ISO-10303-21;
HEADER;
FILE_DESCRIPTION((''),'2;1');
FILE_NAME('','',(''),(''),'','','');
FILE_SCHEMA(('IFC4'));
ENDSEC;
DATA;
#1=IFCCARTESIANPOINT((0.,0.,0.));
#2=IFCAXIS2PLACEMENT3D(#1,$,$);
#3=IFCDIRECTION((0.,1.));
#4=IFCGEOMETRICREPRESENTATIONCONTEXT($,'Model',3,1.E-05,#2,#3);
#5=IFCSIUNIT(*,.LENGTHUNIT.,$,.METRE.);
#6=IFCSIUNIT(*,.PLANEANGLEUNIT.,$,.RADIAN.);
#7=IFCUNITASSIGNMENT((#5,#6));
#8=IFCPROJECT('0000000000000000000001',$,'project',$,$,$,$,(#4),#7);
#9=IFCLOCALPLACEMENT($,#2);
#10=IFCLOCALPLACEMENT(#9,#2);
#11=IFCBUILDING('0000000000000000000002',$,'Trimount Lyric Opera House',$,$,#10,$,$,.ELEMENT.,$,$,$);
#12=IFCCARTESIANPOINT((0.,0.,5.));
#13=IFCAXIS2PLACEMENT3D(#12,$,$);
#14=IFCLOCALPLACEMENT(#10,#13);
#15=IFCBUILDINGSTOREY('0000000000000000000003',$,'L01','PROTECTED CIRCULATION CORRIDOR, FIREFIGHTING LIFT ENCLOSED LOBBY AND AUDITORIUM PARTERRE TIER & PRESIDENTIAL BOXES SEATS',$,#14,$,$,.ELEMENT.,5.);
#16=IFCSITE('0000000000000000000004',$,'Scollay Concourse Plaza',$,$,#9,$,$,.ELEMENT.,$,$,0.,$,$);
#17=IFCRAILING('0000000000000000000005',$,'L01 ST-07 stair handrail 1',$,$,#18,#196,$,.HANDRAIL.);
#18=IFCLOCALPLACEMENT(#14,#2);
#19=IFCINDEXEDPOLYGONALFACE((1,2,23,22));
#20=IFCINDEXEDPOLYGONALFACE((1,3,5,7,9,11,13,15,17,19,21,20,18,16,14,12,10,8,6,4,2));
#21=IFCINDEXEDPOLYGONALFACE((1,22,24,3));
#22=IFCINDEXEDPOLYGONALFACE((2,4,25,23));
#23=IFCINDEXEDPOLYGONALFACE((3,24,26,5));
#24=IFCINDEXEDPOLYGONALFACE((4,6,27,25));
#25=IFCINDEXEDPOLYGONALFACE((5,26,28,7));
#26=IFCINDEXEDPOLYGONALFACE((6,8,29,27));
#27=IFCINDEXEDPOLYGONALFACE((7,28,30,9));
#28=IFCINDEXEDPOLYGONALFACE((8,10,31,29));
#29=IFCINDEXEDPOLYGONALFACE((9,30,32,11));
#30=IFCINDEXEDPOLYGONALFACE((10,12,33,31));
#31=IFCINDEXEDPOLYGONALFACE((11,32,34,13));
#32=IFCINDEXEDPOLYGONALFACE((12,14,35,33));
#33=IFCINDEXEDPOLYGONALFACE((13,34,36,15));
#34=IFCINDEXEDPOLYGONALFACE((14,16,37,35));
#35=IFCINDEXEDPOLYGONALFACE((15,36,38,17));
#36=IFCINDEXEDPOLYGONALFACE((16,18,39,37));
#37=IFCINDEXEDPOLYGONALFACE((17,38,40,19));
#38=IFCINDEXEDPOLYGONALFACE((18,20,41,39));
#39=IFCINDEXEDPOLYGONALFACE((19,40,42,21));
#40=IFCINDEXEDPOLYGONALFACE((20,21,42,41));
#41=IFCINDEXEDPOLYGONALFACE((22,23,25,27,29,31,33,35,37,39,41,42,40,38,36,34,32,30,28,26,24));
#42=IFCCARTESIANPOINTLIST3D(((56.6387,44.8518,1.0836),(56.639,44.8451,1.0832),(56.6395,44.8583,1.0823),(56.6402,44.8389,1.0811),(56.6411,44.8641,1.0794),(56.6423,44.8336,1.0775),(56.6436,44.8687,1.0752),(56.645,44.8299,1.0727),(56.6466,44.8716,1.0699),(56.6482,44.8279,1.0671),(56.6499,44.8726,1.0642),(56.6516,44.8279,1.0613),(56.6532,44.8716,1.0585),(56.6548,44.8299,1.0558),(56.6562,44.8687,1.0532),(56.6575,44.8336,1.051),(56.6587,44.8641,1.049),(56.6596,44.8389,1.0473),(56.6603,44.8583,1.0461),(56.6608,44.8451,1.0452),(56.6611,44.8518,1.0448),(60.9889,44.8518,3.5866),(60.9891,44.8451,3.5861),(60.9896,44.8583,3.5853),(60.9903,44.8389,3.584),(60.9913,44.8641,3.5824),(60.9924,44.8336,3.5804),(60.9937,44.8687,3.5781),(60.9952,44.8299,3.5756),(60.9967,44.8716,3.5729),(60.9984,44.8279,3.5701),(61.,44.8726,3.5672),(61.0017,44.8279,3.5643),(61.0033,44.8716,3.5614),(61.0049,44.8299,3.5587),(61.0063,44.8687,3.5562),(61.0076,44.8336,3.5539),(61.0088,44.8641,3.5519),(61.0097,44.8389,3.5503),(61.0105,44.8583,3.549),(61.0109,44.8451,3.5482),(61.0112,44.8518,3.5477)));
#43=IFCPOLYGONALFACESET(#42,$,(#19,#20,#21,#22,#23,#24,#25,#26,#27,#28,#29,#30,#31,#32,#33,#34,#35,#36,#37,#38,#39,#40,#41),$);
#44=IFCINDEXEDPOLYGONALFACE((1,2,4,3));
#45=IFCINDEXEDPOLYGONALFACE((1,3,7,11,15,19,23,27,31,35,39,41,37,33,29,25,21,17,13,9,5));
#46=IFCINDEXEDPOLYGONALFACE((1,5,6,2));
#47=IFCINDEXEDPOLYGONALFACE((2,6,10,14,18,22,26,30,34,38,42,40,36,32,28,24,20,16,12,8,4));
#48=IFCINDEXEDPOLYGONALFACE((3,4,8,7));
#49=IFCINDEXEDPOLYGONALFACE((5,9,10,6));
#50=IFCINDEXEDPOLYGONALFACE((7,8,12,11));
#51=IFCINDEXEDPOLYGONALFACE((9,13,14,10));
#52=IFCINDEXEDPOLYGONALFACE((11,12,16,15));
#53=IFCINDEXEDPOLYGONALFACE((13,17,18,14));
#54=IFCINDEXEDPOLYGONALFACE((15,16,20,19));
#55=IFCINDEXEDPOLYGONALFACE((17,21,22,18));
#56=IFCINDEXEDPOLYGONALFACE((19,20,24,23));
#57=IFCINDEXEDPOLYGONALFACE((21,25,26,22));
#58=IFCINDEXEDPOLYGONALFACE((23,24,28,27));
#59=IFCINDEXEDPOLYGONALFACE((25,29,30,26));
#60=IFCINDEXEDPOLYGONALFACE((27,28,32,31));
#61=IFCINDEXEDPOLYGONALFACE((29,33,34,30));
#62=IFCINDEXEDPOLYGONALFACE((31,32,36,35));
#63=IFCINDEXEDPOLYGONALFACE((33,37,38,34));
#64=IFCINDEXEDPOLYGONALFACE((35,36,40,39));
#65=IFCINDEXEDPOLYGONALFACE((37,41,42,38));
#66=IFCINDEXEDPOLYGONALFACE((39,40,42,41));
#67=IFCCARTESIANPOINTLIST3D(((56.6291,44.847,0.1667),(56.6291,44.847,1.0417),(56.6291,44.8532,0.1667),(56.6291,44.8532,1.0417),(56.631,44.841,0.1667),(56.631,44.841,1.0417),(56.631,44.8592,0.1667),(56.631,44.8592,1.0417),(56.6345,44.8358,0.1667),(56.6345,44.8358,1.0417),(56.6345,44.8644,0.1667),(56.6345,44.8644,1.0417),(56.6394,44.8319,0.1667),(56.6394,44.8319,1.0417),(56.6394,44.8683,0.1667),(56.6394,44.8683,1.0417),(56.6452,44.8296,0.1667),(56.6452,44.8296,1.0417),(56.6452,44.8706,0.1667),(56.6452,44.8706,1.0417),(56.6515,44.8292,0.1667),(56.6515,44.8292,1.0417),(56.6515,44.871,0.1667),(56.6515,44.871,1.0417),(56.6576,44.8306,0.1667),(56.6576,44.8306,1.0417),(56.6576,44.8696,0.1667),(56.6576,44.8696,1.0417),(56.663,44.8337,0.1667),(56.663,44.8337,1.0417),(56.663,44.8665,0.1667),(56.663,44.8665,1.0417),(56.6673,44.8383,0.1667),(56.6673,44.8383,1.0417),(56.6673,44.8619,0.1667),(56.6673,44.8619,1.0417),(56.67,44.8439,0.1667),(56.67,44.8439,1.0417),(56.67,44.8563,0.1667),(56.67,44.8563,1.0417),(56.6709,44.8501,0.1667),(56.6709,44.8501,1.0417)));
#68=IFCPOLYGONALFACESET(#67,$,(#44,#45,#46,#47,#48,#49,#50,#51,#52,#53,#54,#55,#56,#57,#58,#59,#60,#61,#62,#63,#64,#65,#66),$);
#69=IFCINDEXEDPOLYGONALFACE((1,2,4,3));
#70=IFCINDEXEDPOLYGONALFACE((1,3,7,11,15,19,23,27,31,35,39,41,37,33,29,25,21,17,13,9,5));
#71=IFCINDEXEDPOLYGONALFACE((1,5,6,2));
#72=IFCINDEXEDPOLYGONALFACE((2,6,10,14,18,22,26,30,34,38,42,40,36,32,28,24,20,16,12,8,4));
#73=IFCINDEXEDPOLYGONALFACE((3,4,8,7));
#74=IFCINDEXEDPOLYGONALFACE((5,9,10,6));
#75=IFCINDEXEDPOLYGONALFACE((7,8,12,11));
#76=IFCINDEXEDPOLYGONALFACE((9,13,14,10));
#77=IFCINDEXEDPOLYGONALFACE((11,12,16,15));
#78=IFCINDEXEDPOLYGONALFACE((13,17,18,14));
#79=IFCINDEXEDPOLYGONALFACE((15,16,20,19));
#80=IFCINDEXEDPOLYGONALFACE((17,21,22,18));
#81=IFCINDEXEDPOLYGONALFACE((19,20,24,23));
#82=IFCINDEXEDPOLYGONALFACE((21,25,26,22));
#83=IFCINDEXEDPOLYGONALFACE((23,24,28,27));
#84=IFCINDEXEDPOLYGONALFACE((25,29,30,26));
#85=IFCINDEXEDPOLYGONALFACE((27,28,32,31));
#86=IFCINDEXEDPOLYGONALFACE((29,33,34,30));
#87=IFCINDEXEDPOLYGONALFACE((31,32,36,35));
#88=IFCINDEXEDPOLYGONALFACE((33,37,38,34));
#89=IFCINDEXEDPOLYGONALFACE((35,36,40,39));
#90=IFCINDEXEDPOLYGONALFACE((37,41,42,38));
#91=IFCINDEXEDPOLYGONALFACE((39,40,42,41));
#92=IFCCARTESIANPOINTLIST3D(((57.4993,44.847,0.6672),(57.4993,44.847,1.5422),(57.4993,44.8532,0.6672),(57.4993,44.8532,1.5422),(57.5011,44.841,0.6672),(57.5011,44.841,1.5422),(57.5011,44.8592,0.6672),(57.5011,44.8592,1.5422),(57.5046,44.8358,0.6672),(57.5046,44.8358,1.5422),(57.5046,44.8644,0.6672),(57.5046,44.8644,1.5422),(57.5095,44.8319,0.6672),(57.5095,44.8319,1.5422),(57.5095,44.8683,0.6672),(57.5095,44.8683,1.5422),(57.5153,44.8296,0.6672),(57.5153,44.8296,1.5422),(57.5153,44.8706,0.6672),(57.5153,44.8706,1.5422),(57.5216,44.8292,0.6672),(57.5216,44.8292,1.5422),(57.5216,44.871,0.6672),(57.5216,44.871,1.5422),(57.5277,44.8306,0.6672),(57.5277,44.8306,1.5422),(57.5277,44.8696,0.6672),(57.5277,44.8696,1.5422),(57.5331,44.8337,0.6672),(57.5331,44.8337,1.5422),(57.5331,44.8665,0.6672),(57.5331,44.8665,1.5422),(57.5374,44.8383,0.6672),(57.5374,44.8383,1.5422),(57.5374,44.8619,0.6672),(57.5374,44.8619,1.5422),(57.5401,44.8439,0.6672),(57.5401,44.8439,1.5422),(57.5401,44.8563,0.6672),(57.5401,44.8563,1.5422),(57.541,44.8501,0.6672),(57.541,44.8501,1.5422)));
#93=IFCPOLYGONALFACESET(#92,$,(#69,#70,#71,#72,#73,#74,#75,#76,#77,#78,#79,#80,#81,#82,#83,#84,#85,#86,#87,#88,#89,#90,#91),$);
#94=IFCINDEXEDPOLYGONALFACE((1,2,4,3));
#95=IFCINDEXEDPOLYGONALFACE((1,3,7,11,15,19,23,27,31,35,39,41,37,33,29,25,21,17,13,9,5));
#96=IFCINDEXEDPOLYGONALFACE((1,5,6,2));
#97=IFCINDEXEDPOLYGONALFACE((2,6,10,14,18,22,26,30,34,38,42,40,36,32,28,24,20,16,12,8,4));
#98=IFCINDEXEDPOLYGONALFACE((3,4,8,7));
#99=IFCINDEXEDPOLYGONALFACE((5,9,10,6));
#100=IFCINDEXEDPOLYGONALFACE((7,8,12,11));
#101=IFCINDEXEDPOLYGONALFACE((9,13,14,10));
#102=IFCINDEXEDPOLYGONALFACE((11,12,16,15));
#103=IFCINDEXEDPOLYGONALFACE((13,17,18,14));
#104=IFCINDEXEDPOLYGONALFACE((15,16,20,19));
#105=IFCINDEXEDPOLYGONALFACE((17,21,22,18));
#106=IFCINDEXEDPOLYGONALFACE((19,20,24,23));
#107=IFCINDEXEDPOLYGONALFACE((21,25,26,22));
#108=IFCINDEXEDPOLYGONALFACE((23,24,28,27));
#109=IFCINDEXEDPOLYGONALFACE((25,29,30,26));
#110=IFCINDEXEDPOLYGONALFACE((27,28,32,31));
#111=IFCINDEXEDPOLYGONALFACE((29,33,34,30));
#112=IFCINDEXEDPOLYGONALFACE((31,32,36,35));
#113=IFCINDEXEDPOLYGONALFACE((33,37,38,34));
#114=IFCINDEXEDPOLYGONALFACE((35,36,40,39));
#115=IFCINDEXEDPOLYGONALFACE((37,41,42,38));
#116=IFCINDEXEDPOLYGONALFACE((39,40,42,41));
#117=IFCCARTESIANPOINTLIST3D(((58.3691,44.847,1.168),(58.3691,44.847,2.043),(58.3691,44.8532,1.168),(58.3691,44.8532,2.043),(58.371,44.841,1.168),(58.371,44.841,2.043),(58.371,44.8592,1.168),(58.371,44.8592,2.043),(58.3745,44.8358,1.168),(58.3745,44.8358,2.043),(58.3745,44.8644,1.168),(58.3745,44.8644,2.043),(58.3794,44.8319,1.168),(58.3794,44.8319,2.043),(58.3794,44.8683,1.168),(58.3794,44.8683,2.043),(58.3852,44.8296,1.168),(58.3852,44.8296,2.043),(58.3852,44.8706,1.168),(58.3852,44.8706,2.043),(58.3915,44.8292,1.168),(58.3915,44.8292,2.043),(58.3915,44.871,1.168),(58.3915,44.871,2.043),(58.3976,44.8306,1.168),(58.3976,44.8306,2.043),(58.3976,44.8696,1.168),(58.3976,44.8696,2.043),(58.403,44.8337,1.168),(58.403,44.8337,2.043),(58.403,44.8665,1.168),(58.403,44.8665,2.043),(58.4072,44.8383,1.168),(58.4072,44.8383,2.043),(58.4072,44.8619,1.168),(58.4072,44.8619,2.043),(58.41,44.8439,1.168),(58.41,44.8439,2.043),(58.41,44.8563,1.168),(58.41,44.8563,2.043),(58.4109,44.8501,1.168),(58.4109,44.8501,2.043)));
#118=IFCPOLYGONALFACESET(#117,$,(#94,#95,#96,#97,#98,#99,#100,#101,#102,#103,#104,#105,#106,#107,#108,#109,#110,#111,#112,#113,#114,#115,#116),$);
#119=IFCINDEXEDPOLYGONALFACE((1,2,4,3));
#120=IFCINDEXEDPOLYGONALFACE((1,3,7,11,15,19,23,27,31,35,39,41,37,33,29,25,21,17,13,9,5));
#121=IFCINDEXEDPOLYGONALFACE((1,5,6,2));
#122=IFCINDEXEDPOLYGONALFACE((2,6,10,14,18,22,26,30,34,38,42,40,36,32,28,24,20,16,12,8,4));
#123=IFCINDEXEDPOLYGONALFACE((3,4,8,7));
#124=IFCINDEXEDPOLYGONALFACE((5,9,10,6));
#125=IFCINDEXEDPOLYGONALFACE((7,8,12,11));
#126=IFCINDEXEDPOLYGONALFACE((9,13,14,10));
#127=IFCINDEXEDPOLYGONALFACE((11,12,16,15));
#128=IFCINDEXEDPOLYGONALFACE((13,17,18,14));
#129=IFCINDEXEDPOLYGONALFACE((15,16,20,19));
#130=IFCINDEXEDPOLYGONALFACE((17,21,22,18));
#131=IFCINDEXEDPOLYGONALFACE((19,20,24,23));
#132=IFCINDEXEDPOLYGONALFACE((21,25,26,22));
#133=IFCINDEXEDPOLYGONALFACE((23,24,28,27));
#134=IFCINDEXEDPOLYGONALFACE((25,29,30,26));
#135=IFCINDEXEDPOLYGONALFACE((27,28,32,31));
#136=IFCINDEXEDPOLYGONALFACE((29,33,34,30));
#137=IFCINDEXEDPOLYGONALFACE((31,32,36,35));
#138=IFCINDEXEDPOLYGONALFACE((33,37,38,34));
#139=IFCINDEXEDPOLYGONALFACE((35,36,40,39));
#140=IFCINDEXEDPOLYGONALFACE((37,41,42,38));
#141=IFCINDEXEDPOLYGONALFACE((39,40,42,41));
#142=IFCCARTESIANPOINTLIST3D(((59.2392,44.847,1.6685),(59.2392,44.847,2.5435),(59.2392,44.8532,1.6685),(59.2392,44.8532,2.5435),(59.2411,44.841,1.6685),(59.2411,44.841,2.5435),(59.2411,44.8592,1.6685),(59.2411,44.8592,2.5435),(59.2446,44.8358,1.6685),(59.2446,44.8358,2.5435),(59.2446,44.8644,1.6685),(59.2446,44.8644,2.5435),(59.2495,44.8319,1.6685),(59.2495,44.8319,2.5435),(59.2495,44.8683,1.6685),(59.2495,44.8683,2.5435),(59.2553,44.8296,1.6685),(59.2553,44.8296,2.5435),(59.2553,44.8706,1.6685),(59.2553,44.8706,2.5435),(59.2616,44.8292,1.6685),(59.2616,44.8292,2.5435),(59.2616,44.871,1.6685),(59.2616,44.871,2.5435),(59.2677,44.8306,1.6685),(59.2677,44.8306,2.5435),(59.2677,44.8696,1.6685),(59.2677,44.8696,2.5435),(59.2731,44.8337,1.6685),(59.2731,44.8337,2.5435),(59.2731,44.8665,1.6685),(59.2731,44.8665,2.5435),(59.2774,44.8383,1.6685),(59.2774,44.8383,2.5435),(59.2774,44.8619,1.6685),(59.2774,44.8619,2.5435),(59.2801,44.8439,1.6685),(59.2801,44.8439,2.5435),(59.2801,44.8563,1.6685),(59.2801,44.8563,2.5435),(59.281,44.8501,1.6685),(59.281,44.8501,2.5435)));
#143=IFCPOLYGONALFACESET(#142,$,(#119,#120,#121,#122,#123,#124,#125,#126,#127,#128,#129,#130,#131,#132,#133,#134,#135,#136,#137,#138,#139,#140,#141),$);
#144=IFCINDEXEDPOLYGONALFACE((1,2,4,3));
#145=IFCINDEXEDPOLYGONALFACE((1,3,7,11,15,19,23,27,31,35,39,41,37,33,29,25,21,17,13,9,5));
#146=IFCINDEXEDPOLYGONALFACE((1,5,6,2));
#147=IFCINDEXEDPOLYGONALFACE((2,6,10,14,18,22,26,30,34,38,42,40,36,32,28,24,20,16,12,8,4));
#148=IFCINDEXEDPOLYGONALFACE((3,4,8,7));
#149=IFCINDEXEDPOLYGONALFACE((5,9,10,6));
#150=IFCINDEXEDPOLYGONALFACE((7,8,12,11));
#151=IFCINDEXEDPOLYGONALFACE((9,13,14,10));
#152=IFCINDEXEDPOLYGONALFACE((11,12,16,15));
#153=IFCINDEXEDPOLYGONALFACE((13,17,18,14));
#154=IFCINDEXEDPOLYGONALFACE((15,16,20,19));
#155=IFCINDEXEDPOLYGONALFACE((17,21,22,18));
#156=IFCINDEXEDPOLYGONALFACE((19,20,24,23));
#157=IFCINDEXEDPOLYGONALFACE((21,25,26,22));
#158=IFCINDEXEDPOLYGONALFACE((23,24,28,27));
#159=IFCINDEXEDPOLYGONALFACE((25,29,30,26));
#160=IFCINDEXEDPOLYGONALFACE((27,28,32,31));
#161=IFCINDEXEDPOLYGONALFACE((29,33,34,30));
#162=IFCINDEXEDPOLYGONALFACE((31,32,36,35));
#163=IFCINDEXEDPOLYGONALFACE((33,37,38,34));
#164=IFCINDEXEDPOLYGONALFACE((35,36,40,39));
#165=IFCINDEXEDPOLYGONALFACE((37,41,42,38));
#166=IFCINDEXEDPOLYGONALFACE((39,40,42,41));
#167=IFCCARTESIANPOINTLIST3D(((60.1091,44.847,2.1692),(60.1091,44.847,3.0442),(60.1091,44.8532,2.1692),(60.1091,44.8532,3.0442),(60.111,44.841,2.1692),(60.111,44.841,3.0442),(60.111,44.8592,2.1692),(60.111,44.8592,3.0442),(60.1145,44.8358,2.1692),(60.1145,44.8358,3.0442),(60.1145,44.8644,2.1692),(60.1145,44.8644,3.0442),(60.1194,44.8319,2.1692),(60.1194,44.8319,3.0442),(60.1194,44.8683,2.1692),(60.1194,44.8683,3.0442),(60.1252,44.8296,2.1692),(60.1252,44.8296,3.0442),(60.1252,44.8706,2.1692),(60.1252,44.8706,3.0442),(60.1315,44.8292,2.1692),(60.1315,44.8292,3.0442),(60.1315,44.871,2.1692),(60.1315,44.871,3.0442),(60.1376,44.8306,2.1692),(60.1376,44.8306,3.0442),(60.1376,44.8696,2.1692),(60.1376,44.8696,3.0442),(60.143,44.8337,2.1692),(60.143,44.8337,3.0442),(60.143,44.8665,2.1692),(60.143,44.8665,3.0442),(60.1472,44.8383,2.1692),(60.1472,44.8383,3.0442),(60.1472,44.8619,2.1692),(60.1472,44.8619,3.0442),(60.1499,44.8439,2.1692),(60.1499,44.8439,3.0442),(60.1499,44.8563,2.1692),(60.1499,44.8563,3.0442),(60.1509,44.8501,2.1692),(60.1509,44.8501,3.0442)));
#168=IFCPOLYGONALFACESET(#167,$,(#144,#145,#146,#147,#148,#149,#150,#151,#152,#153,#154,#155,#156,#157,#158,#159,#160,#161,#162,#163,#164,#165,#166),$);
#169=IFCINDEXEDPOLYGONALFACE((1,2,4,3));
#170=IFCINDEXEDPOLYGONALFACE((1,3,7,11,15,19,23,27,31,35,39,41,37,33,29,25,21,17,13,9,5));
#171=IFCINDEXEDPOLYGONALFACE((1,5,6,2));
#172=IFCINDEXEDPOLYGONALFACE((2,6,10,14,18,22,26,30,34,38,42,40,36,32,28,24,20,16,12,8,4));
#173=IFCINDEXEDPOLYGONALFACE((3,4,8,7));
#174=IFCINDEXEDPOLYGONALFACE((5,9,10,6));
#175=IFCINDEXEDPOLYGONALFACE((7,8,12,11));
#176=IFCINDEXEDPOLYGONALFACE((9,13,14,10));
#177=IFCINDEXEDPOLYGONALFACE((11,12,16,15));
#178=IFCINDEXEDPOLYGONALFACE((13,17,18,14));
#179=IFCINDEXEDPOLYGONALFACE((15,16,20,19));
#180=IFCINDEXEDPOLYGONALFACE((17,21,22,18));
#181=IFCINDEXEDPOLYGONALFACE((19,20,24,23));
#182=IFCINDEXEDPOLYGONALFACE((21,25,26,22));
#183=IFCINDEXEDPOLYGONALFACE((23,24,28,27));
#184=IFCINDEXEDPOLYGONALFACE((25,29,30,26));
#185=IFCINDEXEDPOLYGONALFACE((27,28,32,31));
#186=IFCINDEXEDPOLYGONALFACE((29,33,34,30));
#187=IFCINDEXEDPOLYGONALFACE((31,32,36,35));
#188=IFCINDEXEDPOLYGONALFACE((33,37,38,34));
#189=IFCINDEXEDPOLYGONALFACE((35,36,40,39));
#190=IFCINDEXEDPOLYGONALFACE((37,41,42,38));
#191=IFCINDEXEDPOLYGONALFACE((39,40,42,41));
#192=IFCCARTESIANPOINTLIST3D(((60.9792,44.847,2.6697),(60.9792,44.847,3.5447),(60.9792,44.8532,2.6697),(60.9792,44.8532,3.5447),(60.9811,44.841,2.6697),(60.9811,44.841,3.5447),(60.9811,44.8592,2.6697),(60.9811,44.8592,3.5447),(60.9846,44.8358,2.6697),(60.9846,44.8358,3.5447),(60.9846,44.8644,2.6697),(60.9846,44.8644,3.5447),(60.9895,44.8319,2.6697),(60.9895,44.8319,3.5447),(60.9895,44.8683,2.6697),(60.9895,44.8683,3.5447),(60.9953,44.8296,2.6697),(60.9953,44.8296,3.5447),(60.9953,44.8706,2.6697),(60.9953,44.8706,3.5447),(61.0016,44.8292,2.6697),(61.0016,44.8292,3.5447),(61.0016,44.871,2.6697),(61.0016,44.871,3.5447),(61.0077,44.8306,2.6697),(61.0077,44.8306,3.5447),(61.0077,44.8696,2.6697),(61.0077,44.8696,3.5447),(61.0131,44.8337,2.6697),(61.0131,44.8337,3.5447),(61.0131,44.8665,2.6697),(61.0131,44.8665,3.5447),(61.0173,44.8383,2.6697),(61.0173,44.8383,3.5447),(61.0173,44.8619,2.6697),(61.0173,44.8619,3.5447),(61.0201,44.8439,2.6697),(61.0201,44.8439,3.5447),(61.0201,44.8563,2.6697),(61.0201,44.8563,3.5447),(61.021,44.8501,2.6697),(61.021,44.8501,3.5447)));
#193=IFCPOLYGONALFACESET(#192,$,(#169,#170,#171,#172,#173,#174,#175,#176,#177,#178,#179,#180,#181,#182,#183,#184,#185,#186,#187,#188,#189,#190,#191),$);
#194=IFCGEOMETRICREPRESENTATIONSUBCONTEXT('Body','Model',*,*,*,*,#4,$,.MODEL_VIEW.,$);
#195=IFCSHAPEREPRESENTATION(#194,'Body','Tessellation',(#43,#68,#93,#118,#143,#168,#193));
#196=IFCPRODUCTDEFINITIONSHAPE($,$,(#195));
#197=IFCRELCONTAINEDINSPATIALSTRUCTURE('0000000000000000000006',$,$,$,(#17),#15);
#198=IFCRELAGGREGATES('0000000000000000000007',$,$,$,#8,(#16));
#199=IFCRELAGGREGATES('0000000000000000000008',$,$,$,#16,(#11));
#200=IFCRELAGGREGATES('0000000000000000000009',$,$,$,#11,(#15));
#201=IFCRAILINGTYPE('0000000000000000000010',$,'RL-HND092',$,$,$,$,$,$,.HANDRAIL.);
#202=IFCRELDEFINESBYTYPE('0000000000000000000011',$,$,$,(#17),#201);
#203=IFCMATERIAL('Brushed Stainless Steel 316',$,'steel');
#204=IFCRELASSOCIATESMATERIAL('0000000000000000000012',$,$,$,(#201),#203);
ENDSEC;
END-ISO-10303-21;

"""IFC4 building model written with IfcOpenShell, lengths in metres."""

from ifc_helpers import new_model, si_unit, direction, frame, origin, origin_2d, place, context, subcontext, project, spatial, circle, extrude, material, type_object, element, save


model = new_model("IFC4")

# Units and contexts
model_context = context("Model", 3, precision=1e-05, world=origin(), true_north=direction((0.0, 1.0)))
body_context = subcontext(model_context, "Body", "Model", "MODEL_VIEW")
ifc_project = project(units=[si_unit("LENGTHUNIT", "METRE"), si_unit("PLANEANGLEUNIT", "RADIAN")], contexts=[model_context])

# Site, building, storey
site_placement = place(None, origin())
site = spatial("IfcSite", under=ifc_project, at=site_placement, Name="Scollay Concourse Plaza", CompositionType="ELEMENT", RefElevation=0.0)
building_placement = place(site_placement, origin())
building = spatial("IfcBuilding", under=site, at=building_placement, Name="Trimount Lyric Opera House", CompositionType="ELEMENT")
storey_placement = place(building_placement, frame((0.0, 0.0, 5.0)))
storey = spatial("IfcBuildingStorey", under=building, at=storey_placement, Name="L01", Description="PROTECTED CIRCULATION CORRIDOR, FIREFIGHTING LIFT ENCLOSED LOBBY AND AUDITORIUM PARTERRE TIER & PRESIDENTIAL BOXES SEATS", CompositionType="ELEMENT", Elevation=5.0)

# Railing
ifc_material_1 = material(Name="Brushed Stainless Steel 316", Category="steel")
railing_type_1 = type_object("IfcRailingType", Name="RL-HND092", PredefinedType="HANDRAIL", material=ifc_material_1)
railing_1_placement = place(storey_placement, frame((56.6499, 44.8501, 0.1667)))
element("IfcRailing", 1, at=railing_1_placement, inside=storey, type_object=railing_type_1, Name="L01 ST-07 stair handrail 1", PredefinedType="HANDRAIL", context=body_context, shape_type="SweptSolid", body=[
    extrude(circle(Radius=0.0225, at=origin_2d()), frame((0.0, 0.0, 0.8975), z_axis=(0.866766, 0.0, 0.498714), x_axis=(0.0, 1.0, 0.0)), (0.0, 0.0, 1.0), 5.0188),
    extrude(circle(Radius=0.021, at=origin_2d()), origin(), (0.0, 0.0, 1.0), 0.875),
    extrude(circle(Radius=0.021, at=origin_2d()), frame((0.8701, 0.0, 0.5005)), (0.0, 0.0, 1.0), 0.875),
    extrude(circle(Radius=0.021, at=origin_2d()), frame((1.74, 0.0, 1.0012)), (0.0, 0.0, 1.0), 0.875),
    extrude(circle(Radius=0.021, at=origin_2d()), frame((2.6101, 0.0, 1.5017)), (0.0, 0.0, 1.0), 0.875),
    extrude(circle(Radius=0.021, at=origin_2d()), frame((3.48, 0.0, 2.0024)), (0.0, 0.0, 1.0), 0.875),
    extrude(circle(Radius=0.021, at=origin_2d()), frame((4.3501, 0.0, 2.5029)), (0.0, 0.0, 1.0), 0.875),
])

save(model, "model.ifc")
